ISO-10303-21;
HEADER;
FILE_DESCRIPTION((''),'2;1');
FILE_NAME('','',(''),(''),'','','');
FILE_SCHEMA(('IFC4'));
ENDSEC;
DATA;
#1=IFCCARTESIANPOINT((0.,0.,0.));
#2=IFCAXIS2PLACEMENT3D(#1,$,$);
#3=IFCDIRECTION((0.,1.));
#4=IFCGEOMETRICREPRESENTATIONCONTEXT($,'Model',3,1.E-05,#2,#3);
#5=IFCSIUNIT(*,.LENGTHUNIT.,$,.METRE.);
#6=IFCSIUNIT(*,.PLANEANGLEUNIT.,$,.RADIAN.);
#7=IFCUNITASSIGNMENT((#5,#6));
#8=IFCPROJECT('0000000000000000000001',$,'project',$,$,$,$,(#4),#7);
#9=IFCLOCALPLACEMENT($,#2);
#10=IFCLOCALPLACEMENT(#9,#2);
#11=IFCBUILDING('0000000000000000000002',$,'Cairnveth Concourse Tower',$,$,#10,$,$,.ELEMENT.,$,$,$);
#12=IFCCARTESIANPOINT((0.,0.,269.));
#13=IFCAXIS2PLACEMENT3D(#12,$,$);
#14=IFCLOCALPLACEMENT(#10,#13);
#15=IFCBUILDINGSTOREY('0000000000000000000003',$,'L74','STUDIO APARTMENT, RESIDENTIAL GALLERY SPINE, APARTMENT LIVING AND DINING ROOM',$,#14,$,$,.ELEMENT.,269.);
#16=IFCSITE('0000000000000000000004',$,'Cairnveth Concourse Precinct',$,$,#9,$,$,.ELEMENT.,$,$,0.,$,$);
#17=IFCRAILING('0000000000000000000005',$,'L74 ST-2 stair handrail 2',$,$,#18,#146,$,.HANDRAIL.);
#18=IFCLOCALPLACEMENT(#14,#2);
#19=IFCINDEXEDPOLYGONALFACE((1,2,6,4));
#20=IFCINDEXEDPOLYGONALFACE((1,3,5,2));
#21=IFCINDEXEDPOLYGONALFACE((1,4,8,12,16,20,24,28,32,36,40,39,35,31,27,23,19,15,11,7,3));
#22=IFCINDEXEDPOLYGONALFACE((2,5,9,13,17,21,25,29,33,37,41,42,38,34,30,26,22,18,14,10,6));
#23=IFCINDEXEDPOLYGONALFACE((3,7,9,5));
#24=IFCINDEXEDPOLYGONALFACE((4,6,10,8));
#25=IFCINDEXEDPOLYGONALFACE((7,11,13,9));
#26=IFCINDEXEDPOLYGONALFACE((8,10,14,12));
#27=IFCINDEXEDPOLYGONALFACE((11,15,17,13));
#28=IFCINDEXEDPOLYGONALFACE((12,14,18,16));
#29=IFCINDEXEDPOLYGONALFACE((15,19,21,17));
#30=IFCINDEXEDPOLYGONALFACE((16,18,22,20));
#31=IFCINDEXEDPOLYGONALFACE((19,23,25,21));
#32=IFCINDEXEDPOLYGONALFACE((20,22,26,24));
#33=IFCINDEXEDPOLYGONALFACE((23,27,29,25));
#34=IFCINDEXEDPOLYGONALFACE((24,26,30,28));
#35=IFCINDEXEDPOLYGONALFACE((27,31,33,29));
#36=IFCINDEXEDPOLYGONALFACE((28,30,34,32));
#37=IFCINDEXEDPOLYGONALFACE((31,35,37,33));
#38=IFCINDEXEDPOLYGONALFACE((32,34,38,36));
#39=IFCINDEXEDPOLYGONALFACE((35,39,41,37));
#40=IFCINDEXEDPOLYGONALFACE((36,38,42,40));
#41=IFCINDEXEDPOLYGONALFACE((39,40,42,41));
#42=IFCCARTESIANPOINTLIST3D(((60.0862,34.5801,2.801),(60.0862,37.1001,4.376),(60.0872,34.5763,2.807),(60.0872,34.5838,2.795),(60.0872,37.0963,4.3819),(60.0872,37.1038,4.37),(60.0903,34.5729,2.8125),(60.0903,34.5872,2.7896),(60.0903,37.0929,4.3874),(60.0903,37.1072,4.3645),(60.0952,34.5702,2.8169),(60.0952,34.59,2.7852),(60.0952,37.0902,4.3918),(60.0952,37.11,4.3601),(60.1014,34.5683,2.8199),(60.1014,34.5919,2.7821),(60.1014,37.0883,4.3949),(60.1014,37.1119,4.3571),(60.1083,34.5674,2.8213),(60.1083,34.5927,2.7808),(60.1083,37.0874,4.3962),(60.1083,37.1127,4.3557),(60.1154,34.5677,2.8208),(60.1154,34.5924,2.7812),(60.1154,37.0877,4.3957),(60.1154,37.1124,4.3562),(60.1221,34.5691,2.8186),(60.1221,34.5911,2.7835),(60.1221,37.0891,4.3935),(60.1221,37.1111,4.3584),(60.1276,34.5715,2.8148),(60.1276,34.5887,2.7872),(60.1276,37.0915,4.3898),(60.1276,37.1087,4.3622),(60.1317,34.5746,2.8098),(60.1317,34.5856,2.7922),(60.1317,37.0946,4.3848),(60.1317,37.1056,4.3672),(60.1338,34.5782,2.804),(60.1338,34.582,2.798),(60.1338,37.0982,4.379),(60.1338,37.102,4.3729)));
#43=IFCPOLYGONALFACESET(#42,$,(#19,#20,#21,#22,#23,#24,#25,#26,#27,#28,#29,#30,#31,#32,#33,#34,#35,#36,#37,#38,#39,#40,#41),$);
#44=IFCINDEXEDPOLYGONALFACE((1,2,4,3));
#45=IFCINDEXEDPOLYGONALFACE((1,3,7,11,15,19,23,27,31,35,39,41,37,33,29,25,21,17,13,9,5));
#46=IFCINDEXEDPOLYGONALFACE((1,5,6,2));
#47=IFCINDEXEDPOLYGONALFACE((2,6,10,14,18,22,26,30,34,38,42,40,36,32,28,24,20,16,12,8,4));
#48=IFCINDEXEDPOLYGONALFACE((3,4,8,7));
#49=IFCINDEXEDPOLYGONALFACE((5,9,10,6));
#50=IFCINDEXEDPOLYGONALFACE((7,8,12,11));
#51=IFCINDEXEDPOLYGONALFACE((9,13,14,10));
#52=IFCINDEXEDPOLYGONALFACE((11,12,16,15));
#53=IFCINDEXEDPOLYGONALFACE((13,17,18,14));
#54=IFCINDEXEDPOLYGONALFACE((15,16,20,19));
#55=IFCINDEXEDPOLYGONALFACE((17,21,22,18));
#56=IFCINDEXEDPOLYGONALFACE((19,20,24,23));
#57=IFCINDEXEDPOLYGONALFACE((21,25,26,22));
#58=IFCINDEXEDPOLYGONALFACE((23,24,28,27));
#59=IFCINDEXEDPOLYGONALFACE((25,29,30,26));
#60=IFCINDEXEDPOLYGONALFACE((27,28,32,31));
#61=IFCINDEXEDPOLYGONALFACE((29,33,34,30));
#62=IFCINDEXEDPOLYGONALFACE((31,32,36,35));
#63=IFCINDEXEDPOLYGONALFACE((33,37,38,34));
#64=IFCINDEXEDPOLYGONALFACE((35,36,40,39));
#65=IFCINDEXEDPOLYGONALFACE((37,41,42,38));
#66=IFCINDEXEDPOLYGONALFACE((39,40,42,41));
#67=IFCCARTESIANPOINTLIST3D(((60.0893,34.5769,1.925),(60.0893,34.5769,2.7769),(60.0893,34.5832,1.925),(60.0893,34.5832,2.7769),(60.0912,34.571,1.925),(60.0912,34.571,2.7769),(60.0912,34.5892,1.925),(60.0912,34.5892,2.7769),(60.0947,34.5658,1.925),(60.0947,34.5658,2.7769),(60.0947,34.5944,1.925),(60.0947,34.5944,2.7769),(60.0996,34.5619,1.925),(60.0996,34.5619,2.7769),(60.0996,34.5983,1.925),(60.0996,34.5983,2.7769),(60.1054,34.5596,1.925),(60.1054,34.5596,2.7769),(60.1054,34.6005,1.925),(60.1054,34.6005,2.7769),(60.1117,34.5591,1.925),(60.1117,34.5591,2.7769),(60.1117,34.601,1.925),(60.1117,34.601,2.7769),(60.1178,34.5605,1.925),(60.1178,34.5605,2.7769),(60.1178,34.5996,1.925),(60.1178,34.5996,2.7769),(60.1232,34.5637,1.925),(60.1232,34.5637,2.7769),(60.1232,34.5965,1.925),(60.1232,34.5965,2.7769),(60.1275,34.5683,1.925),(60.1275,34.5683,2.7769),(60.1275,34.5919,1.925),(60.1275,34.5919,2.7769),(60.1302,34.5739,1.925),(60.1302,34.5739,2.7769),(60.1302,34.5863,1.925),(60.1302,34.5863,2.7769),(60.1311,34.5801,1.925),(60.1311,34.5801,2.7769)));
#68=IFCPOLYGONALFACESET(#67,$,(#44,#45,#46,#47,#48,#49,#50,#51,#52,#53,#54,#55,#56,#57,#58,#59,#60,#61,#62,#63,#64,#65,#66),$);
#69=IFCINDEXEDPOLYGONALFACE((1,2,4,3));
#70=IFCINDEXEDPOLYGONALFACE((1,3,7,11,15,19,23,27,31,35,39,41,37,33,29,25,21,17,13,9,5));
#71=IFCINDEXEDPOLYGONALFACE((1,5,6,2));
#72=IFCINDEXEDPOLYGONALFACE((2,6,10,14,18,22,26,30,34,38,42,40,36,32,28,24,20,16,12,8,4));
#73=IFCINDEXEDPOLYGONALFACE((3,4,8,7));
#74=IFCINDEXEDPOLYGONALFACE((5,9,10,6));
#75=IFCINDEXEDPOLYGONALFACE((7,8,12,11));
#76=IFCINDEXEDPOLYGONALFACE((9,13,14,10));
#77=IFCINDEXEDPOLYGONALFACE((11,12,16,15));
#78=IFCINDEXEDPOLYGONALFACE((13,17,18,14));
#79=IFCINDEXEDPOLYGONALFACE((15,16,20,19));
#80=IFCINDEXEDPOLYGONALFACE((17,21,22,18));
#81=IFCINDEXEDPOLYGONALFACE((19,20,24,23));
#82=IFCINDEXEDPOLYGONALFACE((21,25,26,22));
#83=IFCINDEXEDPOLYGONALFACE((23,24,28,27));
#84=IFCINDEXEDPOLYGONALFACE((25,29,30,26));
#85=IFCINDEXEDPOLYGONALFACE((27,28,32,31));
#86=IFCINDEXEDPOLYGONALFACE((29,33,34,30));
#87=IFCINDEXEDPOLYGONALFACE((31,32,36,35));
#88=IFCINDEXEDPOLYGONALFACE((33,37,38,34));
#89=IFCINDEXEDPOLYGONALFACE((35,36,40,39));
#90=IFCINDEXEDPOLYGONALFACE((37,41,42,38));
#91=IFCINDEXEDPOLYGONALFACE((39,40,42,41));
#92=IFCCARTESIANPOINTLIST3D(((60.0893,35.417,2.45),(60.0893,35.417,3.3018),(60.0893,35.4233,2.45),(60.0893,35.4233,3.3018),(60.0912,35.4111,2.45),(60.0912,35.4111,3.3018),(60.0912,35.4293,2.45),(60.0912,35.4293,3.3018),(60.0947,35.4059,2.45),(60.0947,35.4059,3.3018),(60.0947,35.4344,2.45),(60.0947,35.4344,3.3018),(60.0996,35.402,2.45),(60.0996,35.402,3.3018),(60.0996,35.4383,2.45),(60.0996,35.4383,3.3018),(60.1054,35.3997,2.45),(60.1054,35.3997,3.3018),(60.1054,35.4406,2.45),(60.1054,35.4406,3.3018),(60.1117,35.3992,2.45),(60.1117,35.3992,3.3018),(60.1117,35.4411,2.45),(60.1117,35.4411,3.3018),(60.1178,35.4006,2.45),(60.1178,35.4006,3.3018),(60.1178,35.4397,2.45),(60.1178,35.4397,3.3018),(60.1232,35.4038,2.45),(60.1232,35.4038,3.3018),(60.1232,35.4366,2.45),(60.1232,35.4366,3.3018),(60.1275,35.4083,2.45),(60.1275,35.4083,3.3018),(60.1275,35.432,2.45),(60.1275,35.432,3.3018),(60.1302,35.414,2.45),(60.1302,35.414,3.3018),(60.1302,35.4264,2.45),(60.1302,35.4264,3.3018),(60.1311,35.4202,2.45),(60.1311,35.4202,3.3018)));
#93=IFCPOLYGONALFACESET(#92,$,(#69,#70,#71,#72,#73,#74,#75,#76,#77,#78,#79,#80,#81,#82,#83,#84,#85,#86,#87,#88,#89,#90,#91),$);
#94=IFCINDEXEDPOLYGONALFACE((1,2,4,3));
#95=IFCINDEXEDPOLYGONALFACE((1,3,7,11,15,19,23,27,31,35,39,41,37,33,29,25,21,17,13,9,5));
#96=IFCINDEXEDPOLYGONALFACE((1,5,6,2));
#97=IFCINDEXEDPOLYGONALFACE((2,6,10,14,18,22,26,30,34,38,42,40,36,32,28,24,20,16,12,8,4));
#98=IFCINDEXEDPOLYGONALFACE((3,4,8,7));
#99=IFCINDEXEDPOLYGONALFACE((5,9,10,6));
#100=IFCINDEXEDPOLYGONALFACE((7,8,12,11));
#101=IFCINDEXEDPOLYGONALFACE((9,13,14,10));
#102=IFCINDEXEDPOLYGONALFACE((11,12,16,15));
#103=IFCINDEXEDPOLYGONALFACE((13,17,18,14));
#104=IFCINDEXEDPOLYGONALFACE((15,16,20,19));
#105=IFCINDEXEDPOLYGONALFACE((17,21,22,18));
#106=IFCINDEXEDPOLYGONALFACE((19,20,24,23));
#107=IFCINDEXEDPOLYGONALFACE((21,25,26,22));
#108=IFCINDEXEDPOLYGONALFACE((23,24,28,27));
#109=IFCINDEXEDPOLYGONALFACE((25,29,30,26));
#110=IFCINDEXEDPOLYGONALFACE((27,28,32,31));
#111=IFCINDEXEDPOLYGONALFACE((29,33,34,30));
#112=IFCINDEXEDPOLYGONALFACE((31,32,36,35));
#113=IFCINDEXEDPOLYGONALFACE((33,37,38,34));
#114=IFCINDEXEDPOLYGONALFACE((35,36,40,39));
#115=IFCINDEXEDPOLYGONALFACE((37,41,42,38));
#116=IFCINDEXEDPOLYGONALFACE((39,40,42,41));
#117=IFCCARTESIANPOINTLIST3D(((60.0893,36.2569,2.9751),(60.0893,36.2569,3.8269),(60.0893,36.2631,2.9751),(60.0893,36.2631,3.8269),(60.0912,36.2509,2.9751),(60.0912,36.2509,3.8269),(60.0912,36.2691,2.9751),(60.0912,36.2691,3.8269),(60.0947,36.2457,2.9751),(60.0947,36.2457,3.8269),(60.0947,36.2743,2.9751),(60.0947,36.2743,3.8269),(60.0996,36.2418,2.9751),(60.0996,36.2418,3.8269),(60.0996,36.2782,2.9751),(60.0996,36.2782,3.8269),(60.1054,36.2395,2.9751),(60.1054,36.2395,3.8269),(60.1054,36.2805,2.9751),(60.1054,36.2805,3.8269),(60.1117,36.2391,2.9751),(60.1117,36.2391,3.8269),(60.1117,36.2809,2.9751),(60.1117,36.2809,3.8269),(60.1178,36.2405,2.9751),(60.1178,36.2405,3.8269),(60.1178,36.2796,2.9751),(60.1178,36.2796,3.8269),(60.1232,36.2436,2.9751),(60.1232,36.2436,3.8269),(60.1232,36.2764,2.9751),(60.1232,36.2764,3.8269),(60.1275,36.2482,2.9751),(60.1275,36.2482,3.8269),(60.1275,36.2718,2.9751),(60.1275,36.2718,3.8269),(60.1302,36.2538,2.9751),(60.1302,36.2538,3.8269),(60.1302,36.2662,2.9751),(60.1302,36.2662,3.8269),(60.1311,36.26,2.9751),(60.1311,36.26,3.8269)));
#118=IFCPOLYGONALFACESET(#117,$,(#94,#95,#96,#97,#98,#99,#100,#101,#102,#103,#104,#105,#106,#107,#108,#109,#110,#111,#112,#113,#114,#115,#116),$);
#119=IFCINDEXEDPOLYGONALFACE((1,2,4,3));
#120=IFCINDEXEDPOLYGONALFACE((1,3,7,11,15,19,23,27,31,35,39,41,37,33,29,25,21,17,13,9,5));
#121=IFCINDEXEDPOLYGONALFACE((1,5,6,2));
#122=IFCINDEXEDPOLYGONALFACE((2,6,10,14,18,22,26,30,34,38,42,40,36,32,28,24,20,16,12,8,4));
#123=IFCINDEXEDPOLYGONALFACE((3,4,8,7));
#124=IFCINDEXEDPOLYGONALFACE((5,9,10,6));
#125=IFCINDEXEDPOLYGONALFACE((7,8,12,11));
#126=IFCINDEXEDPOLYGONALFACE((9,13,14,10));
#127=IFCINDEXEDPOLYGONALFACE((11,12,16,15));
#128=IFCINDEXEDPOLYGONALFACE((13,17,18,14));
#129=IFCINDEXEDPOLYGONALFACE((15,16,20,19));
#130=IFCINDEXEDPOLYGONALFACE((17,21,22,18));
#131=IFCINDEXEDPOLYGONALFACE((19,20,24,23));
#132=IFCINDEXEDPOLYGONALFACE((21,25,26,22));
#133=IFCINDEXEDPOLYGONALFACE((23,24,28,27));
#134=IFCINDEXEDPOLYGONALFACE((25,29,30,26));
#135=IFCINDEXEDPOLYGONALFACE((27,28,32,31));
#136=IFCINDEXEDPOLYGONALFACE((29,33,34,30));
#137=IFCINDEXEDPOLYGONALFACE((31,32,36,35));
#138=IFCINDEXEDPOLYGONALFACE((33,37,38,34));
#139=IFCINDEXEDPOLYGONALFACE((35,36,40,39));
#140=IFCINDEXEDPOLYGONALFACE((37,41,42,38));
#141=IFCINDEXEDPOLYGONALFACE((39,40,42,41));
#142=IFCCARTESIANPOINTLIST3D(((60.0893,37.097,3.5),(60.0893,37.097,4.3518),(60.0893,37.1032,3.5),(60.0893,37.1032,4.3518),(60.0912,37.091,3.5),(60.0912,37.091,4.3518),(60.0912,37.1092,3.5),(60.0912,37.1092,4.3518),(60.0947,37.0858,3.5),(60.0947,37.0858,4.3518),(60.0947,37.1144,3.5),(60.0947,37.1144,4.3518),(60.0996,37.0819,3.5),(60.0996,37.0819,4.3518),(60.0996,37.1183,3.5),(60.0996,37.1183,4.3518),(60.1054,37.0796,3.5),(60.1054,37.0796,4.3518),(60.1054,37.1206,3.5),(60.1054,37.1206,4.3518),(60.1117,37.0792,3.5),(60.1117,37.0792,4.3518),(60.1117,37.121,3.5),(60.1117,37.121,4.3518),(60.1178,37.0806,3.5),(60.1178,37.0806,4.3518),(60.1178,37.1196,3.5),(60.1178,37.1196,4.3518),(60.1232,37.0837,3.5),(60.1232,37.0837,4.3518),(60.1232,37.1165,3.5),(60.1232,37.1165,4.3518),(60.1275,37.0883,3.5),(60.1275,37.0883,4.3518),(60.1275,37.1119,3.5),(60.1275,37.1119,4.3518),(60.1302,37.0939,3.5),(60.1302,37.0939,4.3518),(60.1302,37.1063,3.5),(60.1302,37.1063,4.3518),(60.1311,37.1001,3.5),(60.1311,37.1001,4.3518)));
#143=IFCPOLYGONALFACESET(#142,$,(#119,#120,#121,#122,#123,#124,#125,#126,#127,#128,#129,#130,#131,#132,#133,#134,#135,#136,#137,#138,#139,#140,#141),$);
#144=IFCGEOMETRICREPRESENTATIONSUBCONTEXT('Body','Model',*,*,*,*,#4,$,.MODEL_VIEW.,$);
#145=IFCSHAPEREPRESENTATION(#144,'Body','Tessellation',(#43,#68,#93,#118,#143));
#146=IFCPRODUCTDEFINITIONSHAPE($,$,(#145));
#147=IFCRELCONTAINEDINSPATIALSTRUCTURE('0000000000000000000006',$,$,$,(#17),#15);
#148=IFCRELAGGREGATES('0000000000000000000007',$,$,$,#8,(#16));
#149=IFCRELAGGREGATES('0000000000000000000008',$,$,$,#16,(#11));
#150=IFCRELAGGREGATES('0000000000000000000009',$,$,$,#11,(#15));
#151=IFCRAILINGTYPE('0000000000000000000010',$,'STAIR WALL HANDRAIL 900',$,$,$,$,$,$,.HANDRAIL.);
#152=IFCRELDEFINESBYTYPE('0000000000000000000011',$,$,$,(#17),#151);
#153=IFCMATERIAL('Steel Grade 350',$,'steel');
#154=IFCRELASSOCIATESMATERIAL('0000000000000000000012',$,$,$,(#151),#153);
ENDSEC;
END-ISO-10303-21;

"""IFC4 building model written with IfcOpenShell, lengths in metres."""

from ifc_helpers import new_model, si_unit, direction, frame, origin, origin_2d, place, context, subcontext, project, spatial, circle, extrude, material, type_object, element, save


model = new_model("IFC4")

# Units and contexts
model_context = context("Model", 3, precision=1e-05, world=origin(), true_north=direction((0.0, 1.0)))
body_context = subcontext(model_context, "Body", "Model", "MODEL_VIEW")
ifc_project = project(units=[si_unit("LENGTHUNIT", "METRE"), si_unit("PLANEANGLEUNIT", "RADIAN")], contexts=[model_context])

# Site, building, storey
site_placement = place(None, origin())
site = spatial("IfcSite", under=ifc_project, at=site_placement, Name="Cairnveth Concourse Precinct", CompositionType="ELEMENT", RefElevation=0.0)
building_placement = place(site_placement, origin())
building = spatial("IfcBuilding", under=site, at=building_placement, Name="Cairnveth Concourse Tower", CompositionType="ELEMENT")
storey_placement = place(building_placement, frame((0.0, 0.0, 269.0)))
storey = spatial("IfcBuildingStorey", under=building, at=storey_placement, Name="L74", Description="STUDIO APARTMENT, RESIDENTIAL GALLERY SPINE, APARTMENT LIVING AND DINING ROOM", CompositionType="ELEMENT", Elevation=269.0)

# Shared definitions
ifc_material_1 = material(Name="Steel Grade 350", Category="steel")

# Railing
railing_type_1 = type_object("IfcRailingType", Name="STAIR WALL HANDRAIL 900", PredefinedType="HANDRAIL", material=ifc_material_1)
railing_1_placement = place(storey_placement, frame((60.1101, 34.5801, 1.925)))
element("IfcRailing", 1, at=railing_1_placement, inside=storey, type_object=railing_type_1, Name="L74 ST-2 stair handrail 2", PredefinedType="HANDRAIL", context=body_context, shape_type="SweptSolid", body=[
    extrude(circle(Radius=0.0239, at=origin_2d()), frame((0.0, 0.0, 0.876), z_axis=(0.0, 0.848008, 0.529984), x_axis=(-1.0, 0.0, 0.0)), (0.0, 0.0, 1.0), 2.9717),
    extrude(circle(Radius=0.021, at=origin_2d()), origin(), (0.0, 0.0, 1.0), 0.8518),
    extrude(circle(Radius=0.021, at=origin_2d()), frame((0.0, 0.8401, 0.5249)), (0.0, 0.0, 1.0), 0.8518),
    extrude(circle(Radius=0.021, at=origin_2d()), frame((0.0, 1.6799, 1.05)), (0.0, 0.0, 1.0), 0.8518),
    extrude(circle(Radius=0.021, at=origin_2d()), frame((0.0, 2.52, 1.575)), (0.0, 0.0, 1.0), 0.8518),
])

save(model, "model.ifc")
